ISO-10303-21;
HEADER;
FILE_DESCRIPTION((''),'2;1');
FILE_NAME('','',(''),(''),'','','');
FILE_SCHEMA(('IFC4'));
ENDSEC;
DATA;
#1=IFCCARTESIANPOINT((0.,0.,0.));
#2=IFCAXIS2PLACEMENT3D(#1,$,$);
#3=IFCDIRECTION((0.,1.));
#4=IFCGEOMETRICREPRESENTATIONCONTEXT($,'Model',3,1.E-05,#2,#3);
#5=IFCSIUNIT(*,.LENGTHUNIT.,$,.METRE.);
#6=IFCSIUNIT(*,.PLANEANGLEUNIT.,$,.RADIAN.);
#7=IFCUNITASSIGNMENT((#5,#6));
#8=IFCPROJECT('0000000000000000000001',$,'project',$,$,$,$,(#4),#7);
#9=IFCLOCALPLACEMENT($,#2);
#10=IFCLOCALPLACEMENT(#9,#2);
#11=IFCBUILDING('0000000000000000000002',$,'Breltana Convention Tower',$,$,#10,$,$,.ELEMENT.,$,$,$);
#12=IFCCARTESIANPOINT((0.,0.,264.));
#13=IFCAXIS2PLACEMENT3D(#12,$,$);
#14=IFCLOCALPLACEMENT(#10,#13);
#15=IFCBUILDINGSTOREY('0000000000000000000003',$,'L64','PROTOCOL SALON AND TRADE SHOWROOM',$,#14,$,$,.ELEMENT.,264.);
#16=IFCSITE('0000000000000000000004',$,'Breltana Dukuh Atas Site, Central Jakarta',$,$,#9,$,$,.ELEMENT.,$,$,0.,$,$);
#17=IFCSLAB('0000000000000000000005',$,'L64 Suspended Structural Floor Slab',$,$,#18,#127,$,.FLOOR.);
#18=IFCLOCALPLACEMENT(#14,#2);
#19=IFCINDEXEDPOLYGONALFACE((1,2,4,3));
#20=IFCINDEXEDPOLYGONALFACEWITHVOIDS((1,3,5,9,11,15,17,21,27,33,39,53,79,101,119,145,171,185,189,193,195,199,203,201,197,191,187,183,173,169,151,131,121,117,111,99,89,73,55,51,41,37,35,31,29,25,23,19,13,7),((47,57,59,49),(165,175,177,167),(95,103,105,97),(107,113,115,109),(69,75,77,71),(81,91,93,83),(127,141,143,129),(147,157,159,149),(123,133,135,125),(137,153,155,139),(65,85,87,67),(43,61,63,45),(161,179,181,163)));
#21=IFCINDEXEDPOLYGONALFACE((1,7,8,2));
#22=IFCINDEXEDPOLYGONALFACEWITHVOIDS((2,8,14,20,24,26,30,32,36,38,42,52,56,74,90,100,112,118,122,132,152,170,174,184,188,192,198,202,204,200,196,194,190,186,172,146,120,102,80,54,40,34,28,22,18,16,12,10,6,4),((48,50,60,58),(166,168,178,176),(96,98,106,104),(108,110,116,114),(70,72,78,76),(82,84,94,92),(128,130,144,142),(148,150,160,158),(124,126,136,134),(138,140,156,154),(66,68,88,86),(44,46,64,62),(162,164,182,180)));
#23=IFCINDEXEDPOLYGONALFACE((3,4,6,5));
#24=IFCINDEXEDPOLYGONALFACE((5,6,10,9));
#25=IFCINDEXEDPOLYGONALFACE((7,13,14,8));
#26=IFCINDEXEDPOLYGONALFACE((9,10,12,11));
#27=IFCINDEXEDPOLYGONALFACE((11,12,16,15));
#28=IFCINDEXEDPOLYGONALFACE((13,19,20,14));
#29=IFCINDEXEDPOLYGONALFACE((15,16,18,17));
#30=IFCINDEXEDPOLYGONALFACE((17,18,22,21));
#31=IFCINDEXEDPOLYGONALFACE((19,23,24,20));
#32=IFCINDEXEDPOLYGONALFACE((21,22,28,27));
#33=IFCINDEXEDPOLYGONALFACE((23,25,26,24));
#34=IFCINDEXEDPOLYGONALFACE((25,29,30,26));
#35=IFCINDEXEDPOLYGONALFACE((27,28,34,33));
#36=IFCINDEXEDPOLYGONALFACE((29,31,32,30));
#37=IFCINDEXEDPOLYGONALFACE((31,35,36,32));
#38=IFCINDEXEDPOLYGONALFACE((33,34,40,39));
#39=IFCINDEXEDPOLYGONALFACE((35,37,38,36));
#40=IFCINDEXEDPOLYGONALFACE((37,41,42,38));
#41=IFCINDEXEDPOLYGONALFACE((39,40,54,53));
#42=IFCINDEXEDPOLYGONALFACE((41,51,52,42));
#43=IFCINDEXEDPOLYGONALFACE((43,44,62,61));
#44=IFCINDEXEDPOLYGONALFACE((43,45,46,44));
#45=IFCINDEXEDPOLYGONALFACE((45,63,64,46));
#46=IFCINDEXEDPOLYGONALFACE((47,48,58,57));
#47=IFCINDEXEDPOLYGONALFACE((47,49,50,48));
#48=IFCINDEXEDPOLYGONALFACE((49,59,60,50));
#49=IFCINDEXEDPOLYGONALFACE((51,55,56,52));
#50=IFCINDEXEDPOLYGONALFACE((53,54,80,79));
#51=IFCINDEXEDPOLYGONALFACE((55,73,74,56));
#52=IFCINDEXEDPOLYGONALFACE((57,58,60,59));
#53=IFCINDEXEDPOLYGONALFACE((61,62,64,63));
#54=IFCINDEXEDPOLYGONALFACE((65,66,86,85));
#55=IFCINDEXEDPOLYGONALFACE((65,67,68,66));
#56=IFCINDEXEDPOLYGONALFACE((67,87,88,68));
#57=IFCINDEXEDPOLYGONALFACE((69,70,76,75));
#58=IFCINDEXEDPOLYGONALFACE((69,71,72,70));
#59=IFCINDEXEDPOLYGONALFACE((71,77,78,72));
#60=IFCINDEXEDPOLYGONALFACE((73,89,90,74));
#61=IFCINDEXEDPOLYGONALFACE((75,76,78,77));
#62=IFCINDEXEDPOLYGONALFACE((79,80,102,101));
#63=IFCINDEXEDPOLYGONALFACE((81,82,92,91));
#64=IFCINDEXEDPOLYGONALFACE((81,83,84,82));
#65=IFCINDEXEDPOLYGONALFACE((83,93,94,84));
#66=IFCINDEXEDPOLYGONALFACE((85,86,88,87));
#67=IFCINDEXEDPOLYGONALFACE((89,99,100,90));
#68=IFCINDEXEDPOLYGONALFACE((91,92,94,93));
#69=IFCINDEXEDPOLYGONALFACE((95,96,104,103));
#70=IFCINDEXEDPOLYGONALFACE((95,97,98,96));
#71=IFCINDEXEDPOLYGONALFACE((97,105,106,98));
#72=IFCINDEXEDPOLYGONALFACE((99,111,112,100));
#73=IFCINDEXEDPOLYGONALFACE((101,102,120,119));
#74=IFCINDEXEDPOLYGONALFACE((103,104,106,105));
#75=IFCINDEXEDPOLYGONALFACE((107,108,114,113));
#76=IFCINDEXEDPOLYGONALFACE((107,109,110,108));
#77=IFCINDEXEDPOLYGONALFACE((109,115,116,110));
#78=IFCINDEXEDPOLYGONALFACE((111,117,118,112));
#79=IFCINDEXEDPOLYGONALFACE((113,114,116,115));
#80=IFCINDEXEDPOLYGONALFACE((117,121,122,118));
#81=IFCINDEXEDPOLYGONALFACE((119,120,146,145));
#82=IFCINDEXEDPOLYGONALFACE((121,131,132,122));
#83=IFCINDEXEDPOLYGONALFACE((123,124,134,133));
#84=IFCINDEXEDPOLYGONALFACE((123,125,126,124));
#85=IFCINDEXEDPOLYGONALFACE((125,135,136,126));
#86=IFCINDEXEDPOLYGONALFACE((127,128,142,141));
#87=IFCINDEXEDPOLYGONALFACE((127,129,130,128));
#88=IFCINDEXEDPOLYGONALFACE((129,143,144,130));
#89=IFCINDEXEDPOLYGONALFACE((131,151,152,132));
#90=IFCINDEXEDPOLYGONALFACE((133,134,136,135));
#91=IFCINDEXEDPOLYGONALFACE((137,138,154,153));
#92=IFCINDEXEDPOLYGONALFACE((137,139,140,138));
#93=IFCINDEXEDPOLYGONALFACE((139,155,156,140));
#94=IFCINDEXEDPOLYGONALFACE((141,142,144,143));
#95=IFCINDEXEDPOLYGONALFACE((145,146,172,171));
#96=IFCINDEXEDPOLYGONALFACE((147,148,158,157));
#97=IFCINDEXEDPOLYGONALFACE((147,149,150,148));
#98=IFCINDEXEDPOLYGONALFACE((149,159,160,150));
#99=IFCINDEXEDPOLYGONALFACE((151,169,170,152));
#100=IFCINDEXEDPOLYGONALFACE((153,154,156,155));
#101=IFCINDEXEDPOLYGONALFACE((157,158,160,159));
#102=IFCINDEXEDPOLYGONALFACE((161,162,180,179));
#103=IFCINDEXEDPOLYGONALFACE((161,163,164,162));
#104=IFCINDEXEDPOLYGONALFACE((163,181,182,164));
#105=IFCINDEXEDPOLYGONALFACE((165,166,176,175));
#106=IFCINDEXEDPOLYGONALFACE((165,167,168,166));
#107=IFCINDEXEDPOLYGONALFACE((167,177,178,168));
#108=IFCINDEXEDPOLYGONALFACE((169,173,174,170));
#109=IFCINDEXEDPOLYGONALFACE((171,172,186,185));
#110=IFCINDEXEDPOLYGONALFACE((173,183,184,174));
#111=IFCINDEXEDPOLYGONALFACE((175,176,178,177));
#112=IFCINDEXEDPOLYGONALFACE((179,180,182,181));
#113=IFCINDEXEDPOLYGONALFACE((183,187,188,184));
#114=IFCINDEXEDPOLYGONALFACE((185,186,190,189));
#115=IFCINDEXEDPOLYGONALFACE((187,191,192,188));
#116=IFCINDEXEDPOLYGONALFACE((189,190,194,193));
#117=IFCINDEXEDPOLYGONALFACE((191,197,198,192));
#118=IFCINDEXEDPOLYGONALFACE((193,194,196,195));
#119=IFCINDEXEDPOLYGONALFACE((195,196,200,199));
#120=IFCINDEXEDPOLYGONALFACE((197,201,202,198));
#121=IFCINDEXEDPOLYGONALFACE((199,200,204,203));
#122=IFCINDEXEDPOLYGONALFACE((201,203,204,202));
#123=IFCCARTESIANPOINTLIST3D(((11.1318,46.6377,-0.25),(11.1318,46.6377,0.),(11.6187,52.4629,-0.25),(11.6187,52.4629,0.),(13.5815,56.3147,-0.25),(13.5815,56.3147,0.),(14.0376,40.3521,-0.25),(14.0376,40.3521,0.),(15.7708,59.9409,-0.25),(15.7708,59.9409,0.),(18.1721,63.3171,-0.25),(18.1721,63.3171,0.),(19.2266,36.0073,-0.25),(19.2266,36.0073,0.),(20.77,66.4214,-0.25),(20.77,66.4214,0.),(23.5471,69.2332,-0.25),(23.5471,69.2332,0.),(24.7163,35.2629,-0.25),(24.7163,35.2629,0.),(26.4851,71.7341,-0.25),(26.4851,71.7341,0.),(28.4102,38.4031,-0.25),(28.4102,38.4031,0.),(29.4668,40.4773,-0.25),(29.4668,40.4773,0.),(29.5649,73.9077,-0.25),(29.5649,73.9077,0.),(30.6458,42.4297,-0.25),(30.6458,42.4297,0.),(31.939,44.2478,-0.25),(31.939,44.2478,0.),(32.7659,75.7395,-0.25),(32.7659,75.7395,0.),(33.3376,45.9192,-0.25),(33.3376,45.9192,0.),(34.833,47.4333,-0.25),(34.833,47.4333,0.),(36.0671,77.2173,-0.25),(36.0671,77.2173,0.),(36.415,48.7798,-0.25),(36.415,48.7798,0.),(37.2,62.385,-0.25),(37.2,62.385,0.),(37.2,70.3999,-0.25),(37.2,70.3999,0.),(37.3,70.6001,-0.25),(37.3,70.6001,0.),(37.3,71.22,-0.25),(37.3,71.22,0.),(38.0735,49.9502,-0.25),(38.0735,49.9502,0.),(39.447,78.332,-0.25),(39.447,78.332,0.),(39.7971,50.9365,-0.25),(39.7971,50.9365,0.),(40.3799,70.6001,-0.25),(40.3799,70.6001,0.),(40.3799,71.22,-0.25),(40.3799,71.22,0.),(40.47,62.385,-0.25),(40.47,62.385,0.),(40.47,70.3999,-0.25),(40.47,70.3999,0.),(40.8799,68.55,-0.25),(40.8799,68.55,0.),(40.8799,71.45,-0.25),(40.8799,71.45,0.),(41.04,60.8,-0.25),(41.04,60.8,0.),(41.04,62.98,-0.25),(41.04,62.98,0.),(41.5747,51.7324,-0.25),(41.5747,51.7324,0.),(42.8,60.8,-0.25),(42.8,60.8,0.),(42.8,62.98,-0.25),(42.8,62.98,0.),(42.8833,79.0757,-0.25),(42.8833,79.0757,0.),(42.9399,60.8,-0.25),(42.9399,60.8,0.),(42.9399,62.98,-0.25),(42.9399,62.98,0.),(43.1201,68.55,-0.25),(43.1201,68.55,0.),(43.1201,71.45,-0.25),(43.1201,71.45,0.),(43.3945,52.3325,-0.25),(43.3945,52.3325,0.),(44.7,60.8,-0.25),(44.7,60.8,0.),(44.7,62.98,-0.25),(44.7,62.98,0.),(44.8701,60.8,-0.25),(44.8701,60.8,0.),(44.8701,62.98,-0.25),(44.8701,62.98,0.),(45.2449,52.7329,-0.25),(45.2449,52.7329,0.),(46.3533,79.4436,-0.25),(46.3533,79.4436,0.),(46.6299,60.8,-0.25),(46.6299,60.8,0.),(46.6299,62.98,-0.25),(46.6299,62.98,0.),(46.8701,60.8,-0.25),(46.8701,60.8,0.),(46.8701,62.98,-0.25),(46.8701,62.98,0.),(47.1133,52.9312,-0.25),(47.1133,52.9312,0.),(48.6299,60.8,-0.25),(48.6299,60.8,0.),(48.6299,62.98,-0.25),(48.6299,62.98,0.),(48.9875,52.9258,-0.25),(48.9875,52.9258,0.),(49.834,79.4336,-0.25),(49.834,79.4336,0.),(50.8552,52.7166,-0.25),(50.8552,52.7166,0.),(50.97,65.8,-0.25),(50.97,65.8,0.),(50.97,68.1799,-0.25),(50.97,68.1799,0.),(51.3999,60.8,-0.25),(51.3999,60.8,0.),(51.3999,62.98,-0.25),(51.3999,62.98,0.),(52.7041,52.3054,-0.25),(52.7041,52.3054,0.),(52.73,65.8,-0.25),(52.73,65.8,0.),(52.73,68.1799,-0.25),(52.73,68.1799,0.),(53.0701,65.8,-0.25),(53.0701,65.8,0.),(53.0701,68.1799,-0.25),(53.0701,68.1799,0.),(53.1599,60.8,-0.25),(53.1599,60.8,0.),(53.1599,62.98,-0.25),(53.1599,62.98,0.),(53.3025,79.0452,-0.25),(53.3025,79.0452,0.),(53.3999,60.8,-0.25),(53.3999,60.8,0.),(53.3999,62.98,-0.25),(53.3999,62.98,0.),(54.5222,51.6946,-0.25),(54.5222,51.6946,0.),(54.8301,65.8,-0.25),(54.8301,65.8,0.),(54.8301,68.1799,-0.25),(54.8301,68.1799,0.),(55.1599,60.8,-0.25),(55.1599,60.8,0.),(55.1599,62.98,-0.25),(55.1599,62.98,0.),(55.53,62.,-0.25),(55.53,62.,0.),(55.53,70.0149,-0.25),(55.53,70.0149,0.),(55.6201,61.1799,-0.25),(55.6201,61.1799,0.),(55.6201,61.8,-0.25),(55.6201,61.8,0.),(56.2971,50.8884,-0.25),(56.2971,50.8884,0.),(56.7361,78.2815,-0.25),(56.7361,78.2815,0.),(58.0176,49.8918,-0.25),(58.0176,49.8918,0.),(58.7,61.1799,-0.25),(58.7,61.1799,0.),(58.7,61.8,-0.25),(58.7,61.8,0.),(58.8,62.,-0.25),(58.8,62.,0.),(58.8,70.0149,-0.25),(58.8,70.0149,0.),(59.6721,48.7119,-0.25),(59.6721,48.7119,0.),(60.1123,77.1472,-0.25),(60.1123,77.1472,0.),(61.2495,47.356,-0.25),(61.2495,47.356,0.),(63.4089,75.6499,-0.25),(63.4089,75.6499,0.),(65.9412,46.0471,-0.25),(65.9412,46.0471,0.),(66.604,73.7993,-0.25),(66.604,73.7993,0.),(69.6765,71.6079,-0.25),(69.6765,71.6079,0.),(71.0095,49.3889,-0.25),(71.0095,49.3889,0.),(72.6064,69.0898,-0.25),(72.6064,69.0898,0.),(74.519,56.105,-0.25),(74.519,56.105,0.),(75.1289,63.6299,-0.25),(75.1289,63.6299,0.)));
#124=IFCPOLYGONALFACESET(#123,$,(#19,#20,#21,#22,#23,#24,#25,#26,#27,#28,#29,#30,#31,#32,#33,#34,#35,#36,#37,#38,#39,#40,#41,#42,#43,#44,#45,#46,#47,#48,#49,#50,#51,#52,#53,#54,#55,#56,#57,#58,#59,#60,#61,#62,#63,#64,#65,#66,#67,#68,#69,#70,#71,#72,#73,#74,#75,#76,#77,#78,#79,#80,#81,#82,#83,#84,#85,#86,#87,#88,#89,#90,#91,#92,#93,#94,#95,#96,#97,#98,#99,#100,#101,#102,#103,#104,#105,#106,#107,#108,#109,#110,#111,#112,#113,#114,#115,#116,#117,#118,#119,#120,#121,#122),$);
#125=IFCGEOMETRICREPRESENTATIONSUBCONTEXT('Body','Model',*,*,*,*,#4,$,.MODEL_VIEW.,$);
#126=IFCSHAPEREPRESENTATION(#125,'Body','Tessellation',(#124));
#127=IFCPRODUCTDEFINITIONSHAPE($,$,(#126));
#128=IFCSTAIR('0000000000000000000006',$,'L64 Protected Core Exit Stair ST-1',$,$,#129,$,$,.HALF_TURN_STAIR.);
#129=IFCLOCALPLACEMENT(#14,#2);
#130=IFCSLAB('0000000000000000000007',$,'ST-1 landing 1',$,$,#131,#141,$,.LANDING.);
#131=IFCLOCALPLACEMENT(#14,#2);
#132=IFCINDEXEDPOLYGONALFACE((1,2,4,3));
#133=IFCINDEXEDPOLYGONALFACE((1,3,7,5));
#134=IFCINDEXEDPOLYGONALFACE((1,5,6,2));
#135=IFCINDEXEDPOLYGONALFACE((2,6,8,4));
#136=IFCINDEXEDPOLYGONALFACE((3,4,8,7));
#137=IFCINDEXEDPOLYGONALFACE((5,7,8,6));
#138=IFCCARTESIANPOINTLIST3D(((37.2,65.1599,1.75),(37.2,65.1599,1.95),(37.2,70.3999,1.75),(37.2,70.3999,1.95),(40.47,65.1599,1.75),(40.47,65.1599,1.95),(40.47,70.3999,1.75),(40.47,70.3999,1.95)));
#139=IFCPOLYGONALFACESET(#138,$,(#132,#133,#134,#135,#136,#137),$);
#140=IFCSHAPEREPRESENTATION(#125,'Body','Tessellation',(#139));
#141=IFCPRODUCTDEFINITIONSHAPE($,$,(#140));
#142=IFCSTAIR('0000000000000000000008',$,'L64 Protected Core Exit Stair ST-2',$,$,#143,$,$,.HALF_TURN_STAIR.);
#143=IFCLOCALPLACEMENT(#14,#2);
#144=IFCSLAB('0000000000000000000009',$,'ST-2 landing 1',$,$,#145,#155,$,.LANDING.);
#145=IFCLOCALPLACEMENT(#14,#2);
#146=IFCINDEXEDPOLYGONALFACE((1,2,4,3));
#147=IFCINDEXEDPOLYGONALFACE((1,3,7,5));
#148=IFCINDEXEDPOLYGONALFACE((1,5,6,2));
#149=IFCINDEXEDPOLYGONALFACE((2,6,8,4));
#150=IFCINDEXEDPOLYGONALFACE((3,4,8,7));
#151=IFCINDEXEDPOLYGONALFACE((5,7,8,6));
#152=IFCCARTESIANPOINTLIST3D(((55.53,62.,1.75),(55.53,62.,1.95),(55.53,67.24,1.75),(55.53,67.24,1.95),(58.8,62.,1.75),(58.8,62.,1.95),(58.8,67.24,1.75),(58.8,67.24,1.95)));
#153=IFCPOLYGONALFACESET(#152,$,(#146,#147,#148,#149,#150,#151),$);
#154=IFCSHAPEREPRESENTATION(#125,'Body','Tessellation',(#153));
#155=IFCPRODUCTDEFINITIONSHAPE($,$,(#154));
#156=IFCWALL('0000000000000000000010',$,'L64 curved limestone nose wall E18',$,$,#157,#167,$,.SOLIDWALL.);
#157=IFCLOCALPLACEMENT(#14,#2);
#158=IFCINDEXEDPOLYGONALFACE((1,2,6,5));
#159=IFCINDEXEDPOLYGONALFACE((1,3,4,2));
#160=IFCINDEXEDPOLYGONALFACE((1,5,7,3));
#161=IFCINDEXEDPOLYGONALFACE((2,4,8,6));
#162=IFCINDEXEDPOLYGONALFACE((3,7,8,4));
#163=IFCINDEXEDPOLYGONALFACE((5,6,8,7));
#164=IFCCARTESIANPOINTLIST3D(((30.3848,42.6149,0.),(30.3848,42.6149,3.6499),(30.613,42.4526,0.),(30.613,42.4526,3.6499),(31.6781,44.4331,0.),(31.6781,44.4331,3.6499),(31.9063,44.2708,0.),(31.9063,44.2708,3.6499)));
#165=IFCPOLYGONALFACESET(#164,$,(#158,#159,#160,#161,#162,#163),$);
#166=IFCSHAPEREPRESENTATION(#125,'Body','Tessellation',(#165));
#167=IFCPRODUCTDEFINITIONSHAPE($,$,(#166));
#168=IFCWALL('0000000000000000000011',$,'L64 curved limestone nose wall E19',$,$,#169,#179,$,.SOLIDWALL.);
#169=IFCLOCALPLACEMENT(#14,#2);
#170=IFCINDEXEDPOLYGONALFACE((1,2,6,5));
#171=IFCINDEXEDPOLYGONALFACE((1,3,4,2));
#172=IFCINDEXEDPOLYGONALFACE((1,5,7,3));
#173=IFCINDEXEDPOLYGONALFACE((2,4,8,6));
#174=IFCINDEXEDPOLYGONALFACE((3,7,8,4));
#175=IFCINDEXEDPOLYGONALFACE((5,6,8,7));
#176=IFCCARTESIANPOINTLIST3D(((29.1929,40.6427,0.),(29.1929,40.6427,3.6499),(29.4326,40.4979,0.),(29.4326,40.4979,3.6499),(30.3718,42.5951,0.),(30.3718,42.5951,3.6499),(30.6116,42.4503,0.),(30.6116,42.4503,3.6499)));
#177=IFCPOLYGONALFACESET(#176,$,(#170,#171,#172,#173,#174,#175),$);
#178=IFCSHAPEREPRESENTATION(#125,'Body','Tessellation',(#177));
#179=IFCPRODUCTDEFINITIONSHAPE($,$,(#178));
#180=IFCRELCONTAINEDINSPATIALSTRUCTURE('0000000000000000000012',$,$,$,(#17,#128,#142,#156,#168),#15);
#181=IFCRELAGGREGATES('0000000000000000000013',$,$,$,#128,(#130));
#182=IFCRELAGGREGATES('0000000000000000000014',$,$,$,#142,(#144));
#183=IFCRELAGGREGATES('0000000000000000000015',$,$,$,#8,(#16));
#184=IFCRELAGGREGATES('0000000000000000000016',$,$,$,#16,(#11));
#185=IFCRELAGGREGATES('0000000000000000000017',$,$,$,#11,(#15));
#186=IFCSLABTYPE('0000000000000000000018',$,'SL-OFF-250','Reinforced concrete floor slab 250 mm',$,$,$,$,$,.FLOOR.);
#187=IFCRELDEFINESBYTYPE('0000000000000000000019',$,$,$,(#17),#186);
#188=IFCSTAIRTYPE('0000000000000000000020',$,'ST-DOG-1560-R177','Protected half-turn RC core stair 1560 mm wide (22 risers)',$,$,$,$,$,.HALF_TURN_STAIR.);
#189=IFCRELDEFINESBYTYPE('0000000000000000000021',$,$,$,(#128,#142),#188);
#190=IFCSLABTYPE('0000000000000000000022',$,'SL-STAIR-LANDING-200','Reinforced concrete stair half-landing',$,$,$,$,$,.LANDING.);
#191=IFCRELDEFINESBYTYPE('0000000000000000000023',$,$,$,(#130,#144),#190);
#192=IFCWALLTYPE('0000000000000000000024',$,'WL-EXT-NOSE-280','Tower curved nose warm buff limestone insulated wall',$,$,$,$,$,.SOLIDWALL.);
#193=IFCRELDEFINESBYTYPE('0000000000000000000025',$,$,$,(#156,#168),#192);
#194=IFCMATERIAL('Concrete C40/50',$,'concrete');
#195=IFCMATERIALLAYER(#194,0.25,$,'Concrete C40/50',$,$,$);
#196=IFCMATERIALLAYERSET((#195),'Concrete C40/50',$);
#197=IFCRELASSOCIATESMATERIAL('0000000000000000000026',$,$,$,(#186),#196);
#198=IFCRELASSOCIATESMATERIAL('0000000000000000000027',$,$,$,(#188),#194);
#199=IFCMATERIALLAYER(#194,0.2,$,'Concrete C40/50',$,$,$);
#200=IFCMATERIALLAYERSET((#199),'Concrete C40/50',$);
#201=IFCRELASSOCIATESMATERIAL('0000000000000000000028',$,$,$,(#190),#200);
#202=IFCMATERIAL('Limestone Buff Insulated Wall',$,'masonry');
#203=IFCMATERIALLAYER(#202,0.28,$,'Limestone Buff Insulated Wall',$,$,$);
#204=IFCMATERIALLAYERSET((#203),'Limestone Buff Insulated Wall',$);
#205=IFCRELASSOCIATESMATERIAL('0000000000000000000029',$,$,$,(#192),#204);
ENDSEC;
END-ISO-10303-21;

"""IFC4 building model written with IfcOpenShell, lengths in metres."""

from ifc_helpers import new_model, si_unit, direction, frame, frame_2d, origin, place, context, subcontext, project, spatial, polyline, rectangle, outline, extrude, source, transform, mapped, material, layer, layer_set, type_object, element, aggregate, save


model = new_model("IFC4")

# Units and contexts
model_context = context("Model", 3, precision=1e-05, world=origin(), true_north=direction((0.0, 1.0)))
body_context = subcontext(model_context, "Body", "Model", "MODEL_VIEW")
ifc_project = project(units=[si_unit("LENGTHUNIT", "METRE"), si_unit("PLANEANGLEUNIT", "RADIAN")], contexts=[model_context])

# Site, building, storey
site_placement = place(None, origin())
site = spatial("IfcSite", under=ifc_project, at=site_placement, Name="Breltana Dukuh Atas Site, Central Jakarta", CompositionType="ELEMENT", RefElevation=0.0)
building_placement = place(site_placement, origin())
building = spatial("IfcBuilding", under=site, at=building_placement, Name="Breltana Convention Tower", CompositionType="ELEMENT")
storey_placement = place(building_placement, frame((0.0, 0.0, 264.0)))
storey = spatial("IfcBuildingStorey", under=building, at=storey_placement, Name="L64", Description="PROTOCOL SALON AND TRADE SHOWROOM", CompositionType="ELEMENT", Elevation=264.0)

# Slab
ifc_material_1 = material(Name="Concrete C40/50", Category="concrete")
ifc_layer_1 = layer(ifc_material_1, 0.25, Name="Concrete C40/50")
ifc_layer_set_1 = layer_set([ifc_layer_1], Name="Concrete C40/50")
slab_type_1 = type_object("IfcSlabType", Name="SL-OFF-250", Description="Reinforced concrete floor slab 250 mm", PredefinedType="FLOOR", material=ifc_layer_set_1)
slab_1_placement = place(storey_placement, frame((0.0, 0.0, -0.25)))
element("IfcSlab", 1, at=slab_1_placement, inside=storey, type_object=slab_type_1, Name="L64 Suspended Structural Floor Slab", PredefinedType="FLOOR", context=body_context, shape_type="SweptSolid", body=[
    extrude(outline(polyline([(72.6064, 69.0898), (69.6765, 71.6079), (66.604, 73.7993), (63.4089, 75.6499), (60.1123, 77.1472), (56.7361, 78.2815), (53.3025, 79.0452), (49.834, 79.4336), (46.3533, 79.4436), (42.8833, 79.0757), (39.447, 78.332), (36.0671, 77.2173), (32.7659, 75.7395), (29.5649, 73.9077), (26.4851, 71.7341), (23.5471, 69.2332), (20.77, 66.4214), (18.1721, 63.3171), (15.7708, 59.9409), (13.5815, 56.3147), (11.6187, 52.4629), (11.1318, 46.6377), (14.0376, 40.3521), (19.2266, 36.0073), (24.7163, 35.2629), (28.4102, 38.4031), (29.4668, 40.4773), (30.6458, 42.4297), (31.939, 44.2478), (33.3376, 45.9192), (34.833, 47.4333), (36.415, 48.7798), (38.0735, 49.9502), (39.7971, 50.9365), (41.5747, 51.7324), (43.3945, 52.3325), (45.2449, 52.7329), (47.1133, 52.9312), (48.9875, 52.9258), (50.8552, 52.7166), (52.7041, 52.3054), (54.5222, 51.6946), (56.2971, 50.8884), (58.0176, 49.8918), (59.6721, 48.7119), (61.2495, 47.356), (65.9412, 46.0471), (71.0095, 49.3889), (74.519, 56.105), (75.1289, 63.6299), (72.6064, 69.0898)]), holes=[polyline([(37.2, 62.385), (40.47, 62.385), (40.47, 70.3999), (37.2, 70.3999), (37.2, 62.385)]), polyline([(55.53, 62.0), (58.8, 62.0), (58.8, 70.0149), (55.53, 70.0149), (55.53, 62.0)]), polyline([(41.04, 60.8), (42.8, 60.8), (42.8, 62.98), (41.04, 62.98), (41.04, 60.8)]), polyline([(42.9399, 60.8), (44.7, 60.8), (44.7, 62.98), (42.9399, 62.98), (42.9399, 60.8)]), polyline([(44.8701, 60.8), (46.6299, 60.8), (46.6299, 62.98), (44.8701, 62.98), (44.8701, 60.8)]), polyline([(46.8701, 60.8), (48.6299, 60.8), (48.6299, 62.98), (46.8701, 62.98), (46.8701, 60.8)]), polyline([(51.3999, 60.8), (53.1599, 60.8), (53.1599, 62.98), (51.3999, 62.98), (51.3999, 60.8)]), polyline([(53.3999, 60.8), (55.1599, 60.8), (55.1599, 62.98), (53.3999, 62.98), (53.3999, 60.8)]), polyline([(50.97, 65.8), (52.73, 65.8), (52.73, 68.1799), (50.97, 68.1799), (50.97, 65.8)]), polyline([(53.0701, 65.8), (54.8301, 65.8), (54.8301, 68.1799), (53.0701, 68.1799), (53.0701, 65.8)]), polyline([(40.8799, 68.55), (43.1201, 68.55), (43.1201, 71.45), (40.8799, 71.45), (40.8799, 68.55)]), polyline([(37.3, 70.6001), (40.3799, 70.6001), (40.3799, 71.22), (37.3, 71.22), (37.3, 70.6001)]), polyline([(55.6201, 61.1799), (58.7, 61.1799), (58.7, 61.8), (55.6201, 61.8), (55.6201, 61.1799)])]), origin(), (0.0, 0.0, 1.0), 0.25),
])

# Stairs, slabs
stair_type = type_object("IfcStairType", Name="ST-DOG-1560-R177", Description="Protected half-turn RC core stair 1560 mm wide (22 risers)", PredefinedType="HALF_TURN_STAIR", material=ifc_material_1)
stair_1_placement = place(storey_placement, origin())
stair_1 = element("IfcStair", 2, at=stair_1_placement, inside=storey, type_object=stair_type, Name="L64 Protected Core Exit Stair ST-1", PredefinedType="HALF_TURN_STAIR")
ifc_layer_2 = layer(ifc_material_1, 0.2, Name="Concrete C40/50")
ifc_layer_set_2 = layer_set([ifc_layer_2], Name="Concrete C40/50")
slab_type_2 = type_object("IfcSlabType", Name="SL-STAIR-LANDING-200", Description="Reinforced concrete stair half-landing", PredefinedType="LANDING", material=ifc_layer_set_2)
slab_2_placement = place(storey_placement, frame((0.0, 0.0, 1.75)))
slab_2 = element("IfcSlab", 3, at=slab_2_placement, type_object=slab_type_2, Name="ST-1 landing 1", PredefinedType="LANDING", context=body_context, shape_type="SweptSolid", body=[
    extrude(outline(polyline([(40.47, 65.1599), (40.47, 70.3999), (37.2, 70.3999), (37.2, 65.1599), (40.47, 65.1599)])), origin(), (0.0, 0.0, 1.0), 0.2),
])
aggregate(stair_1, [slab_2])
stair_2_placement = place(storey_placement, origin())
stair_2 = element("IfcStair", 4, at=stair_2_placement, inside=storey, type_object=stair_type, Name="L64 Protected Core Exit Stair ST-2", PredefinedType="HALF_TURN_STAIR")
slab_3_placement = place(storey_placement, frame((0.0, 0.0, 1.75)))
slab_3 = element("IfcSlab", 5, at=slab_3_placement, type_object=slab_type_2, Name="ST-2 landing 1", PredefinedType="LANDING", context=body_context, shape_type="SweptSolid", body=[
    extrude(outline(polyline([(55.53, 67.24), (55.53, 62.0), (58.8, 62.0), (58.8, 67.24), (55.53, 67.24)])), origin(), (0.0, 0.0, 1.0), 0.2),
])
aggregate(stair_2, [slab_3])

# Walls
ifc_material_2 = material(Name="Limestone Buff Insulated Wall", Category="masonry")
ifc_layer_3 = layer(ifc_material_2, 0.28, Name="Limestone Buff Insulated Wall")
ifc_layer_set_3 = layer_set([ifc_layer_3], Name="Limestone Buff Insulated Wall")
wall_type = type_object("IfcWallType", Name="WL-EXT-NOSE-280", Description="Tower curved nose warm buff limestone insulated wall", PredefinedType="SOLIDWALL", material=ifc_layer_set_3)
shared_shape_1 = source(origin(), body_context, "Body", "SweptSolid", [
    extrude(rectangle(XDim=2.2312, YDim=0.28, at=frame_2d((1.1157, 0.0))), origin(), (0.0, 0.0, 1.0), 3.6499),
])
wall_1_placement = place(storey_placement, frame((31.7922, 44.3521, 0.0), z_axis=(0.0, 0.0, 1.0), x_axis=(-0.579622, -0.814885, 0.0)))
element("IfcWall", 6, at=wall_1_placement, inside=storey, type_object=wall_type, Name="L64 curved limestone nose wall E18", PredefinedType="SOLIDWALL", context=body_context, shape_type="MappedRepresentation", body=[
    mapped(shared_shape_1, transform((0.0, 0.0, 0.0), scale=1.0)),
])
shared_shape_2 = source(origin(), body_context, "Body", "SweptSolid", [
    extrude(rectangle(XDim=2.2808, YDim=0.28, at=frame_2d((1.1404, 0.0))), origin(), (0.0, 0.0, 1.0), 3.6499),
])
wall_2_placement = place(storey_placement, frame((30.4917, 42.5227, 0.0), z_axis=(0.0, 0.0, 1.0), x_axis=(-0.516918, -0.856035, 0.0)))
element("IfcWall", 7, at=wall_2_placement, inside=storey, type_object=wall_type, Name="L64 curved limestone nose wall E19", PredefinedType="SOLIDWALL", context=body_context, shape_type="MappedRepresentation", body=[
    mapped(shared_shape_2, transform((0.0, 0.0, 0.0), scale=1.0)),
])

save(model, "model.ifc")
